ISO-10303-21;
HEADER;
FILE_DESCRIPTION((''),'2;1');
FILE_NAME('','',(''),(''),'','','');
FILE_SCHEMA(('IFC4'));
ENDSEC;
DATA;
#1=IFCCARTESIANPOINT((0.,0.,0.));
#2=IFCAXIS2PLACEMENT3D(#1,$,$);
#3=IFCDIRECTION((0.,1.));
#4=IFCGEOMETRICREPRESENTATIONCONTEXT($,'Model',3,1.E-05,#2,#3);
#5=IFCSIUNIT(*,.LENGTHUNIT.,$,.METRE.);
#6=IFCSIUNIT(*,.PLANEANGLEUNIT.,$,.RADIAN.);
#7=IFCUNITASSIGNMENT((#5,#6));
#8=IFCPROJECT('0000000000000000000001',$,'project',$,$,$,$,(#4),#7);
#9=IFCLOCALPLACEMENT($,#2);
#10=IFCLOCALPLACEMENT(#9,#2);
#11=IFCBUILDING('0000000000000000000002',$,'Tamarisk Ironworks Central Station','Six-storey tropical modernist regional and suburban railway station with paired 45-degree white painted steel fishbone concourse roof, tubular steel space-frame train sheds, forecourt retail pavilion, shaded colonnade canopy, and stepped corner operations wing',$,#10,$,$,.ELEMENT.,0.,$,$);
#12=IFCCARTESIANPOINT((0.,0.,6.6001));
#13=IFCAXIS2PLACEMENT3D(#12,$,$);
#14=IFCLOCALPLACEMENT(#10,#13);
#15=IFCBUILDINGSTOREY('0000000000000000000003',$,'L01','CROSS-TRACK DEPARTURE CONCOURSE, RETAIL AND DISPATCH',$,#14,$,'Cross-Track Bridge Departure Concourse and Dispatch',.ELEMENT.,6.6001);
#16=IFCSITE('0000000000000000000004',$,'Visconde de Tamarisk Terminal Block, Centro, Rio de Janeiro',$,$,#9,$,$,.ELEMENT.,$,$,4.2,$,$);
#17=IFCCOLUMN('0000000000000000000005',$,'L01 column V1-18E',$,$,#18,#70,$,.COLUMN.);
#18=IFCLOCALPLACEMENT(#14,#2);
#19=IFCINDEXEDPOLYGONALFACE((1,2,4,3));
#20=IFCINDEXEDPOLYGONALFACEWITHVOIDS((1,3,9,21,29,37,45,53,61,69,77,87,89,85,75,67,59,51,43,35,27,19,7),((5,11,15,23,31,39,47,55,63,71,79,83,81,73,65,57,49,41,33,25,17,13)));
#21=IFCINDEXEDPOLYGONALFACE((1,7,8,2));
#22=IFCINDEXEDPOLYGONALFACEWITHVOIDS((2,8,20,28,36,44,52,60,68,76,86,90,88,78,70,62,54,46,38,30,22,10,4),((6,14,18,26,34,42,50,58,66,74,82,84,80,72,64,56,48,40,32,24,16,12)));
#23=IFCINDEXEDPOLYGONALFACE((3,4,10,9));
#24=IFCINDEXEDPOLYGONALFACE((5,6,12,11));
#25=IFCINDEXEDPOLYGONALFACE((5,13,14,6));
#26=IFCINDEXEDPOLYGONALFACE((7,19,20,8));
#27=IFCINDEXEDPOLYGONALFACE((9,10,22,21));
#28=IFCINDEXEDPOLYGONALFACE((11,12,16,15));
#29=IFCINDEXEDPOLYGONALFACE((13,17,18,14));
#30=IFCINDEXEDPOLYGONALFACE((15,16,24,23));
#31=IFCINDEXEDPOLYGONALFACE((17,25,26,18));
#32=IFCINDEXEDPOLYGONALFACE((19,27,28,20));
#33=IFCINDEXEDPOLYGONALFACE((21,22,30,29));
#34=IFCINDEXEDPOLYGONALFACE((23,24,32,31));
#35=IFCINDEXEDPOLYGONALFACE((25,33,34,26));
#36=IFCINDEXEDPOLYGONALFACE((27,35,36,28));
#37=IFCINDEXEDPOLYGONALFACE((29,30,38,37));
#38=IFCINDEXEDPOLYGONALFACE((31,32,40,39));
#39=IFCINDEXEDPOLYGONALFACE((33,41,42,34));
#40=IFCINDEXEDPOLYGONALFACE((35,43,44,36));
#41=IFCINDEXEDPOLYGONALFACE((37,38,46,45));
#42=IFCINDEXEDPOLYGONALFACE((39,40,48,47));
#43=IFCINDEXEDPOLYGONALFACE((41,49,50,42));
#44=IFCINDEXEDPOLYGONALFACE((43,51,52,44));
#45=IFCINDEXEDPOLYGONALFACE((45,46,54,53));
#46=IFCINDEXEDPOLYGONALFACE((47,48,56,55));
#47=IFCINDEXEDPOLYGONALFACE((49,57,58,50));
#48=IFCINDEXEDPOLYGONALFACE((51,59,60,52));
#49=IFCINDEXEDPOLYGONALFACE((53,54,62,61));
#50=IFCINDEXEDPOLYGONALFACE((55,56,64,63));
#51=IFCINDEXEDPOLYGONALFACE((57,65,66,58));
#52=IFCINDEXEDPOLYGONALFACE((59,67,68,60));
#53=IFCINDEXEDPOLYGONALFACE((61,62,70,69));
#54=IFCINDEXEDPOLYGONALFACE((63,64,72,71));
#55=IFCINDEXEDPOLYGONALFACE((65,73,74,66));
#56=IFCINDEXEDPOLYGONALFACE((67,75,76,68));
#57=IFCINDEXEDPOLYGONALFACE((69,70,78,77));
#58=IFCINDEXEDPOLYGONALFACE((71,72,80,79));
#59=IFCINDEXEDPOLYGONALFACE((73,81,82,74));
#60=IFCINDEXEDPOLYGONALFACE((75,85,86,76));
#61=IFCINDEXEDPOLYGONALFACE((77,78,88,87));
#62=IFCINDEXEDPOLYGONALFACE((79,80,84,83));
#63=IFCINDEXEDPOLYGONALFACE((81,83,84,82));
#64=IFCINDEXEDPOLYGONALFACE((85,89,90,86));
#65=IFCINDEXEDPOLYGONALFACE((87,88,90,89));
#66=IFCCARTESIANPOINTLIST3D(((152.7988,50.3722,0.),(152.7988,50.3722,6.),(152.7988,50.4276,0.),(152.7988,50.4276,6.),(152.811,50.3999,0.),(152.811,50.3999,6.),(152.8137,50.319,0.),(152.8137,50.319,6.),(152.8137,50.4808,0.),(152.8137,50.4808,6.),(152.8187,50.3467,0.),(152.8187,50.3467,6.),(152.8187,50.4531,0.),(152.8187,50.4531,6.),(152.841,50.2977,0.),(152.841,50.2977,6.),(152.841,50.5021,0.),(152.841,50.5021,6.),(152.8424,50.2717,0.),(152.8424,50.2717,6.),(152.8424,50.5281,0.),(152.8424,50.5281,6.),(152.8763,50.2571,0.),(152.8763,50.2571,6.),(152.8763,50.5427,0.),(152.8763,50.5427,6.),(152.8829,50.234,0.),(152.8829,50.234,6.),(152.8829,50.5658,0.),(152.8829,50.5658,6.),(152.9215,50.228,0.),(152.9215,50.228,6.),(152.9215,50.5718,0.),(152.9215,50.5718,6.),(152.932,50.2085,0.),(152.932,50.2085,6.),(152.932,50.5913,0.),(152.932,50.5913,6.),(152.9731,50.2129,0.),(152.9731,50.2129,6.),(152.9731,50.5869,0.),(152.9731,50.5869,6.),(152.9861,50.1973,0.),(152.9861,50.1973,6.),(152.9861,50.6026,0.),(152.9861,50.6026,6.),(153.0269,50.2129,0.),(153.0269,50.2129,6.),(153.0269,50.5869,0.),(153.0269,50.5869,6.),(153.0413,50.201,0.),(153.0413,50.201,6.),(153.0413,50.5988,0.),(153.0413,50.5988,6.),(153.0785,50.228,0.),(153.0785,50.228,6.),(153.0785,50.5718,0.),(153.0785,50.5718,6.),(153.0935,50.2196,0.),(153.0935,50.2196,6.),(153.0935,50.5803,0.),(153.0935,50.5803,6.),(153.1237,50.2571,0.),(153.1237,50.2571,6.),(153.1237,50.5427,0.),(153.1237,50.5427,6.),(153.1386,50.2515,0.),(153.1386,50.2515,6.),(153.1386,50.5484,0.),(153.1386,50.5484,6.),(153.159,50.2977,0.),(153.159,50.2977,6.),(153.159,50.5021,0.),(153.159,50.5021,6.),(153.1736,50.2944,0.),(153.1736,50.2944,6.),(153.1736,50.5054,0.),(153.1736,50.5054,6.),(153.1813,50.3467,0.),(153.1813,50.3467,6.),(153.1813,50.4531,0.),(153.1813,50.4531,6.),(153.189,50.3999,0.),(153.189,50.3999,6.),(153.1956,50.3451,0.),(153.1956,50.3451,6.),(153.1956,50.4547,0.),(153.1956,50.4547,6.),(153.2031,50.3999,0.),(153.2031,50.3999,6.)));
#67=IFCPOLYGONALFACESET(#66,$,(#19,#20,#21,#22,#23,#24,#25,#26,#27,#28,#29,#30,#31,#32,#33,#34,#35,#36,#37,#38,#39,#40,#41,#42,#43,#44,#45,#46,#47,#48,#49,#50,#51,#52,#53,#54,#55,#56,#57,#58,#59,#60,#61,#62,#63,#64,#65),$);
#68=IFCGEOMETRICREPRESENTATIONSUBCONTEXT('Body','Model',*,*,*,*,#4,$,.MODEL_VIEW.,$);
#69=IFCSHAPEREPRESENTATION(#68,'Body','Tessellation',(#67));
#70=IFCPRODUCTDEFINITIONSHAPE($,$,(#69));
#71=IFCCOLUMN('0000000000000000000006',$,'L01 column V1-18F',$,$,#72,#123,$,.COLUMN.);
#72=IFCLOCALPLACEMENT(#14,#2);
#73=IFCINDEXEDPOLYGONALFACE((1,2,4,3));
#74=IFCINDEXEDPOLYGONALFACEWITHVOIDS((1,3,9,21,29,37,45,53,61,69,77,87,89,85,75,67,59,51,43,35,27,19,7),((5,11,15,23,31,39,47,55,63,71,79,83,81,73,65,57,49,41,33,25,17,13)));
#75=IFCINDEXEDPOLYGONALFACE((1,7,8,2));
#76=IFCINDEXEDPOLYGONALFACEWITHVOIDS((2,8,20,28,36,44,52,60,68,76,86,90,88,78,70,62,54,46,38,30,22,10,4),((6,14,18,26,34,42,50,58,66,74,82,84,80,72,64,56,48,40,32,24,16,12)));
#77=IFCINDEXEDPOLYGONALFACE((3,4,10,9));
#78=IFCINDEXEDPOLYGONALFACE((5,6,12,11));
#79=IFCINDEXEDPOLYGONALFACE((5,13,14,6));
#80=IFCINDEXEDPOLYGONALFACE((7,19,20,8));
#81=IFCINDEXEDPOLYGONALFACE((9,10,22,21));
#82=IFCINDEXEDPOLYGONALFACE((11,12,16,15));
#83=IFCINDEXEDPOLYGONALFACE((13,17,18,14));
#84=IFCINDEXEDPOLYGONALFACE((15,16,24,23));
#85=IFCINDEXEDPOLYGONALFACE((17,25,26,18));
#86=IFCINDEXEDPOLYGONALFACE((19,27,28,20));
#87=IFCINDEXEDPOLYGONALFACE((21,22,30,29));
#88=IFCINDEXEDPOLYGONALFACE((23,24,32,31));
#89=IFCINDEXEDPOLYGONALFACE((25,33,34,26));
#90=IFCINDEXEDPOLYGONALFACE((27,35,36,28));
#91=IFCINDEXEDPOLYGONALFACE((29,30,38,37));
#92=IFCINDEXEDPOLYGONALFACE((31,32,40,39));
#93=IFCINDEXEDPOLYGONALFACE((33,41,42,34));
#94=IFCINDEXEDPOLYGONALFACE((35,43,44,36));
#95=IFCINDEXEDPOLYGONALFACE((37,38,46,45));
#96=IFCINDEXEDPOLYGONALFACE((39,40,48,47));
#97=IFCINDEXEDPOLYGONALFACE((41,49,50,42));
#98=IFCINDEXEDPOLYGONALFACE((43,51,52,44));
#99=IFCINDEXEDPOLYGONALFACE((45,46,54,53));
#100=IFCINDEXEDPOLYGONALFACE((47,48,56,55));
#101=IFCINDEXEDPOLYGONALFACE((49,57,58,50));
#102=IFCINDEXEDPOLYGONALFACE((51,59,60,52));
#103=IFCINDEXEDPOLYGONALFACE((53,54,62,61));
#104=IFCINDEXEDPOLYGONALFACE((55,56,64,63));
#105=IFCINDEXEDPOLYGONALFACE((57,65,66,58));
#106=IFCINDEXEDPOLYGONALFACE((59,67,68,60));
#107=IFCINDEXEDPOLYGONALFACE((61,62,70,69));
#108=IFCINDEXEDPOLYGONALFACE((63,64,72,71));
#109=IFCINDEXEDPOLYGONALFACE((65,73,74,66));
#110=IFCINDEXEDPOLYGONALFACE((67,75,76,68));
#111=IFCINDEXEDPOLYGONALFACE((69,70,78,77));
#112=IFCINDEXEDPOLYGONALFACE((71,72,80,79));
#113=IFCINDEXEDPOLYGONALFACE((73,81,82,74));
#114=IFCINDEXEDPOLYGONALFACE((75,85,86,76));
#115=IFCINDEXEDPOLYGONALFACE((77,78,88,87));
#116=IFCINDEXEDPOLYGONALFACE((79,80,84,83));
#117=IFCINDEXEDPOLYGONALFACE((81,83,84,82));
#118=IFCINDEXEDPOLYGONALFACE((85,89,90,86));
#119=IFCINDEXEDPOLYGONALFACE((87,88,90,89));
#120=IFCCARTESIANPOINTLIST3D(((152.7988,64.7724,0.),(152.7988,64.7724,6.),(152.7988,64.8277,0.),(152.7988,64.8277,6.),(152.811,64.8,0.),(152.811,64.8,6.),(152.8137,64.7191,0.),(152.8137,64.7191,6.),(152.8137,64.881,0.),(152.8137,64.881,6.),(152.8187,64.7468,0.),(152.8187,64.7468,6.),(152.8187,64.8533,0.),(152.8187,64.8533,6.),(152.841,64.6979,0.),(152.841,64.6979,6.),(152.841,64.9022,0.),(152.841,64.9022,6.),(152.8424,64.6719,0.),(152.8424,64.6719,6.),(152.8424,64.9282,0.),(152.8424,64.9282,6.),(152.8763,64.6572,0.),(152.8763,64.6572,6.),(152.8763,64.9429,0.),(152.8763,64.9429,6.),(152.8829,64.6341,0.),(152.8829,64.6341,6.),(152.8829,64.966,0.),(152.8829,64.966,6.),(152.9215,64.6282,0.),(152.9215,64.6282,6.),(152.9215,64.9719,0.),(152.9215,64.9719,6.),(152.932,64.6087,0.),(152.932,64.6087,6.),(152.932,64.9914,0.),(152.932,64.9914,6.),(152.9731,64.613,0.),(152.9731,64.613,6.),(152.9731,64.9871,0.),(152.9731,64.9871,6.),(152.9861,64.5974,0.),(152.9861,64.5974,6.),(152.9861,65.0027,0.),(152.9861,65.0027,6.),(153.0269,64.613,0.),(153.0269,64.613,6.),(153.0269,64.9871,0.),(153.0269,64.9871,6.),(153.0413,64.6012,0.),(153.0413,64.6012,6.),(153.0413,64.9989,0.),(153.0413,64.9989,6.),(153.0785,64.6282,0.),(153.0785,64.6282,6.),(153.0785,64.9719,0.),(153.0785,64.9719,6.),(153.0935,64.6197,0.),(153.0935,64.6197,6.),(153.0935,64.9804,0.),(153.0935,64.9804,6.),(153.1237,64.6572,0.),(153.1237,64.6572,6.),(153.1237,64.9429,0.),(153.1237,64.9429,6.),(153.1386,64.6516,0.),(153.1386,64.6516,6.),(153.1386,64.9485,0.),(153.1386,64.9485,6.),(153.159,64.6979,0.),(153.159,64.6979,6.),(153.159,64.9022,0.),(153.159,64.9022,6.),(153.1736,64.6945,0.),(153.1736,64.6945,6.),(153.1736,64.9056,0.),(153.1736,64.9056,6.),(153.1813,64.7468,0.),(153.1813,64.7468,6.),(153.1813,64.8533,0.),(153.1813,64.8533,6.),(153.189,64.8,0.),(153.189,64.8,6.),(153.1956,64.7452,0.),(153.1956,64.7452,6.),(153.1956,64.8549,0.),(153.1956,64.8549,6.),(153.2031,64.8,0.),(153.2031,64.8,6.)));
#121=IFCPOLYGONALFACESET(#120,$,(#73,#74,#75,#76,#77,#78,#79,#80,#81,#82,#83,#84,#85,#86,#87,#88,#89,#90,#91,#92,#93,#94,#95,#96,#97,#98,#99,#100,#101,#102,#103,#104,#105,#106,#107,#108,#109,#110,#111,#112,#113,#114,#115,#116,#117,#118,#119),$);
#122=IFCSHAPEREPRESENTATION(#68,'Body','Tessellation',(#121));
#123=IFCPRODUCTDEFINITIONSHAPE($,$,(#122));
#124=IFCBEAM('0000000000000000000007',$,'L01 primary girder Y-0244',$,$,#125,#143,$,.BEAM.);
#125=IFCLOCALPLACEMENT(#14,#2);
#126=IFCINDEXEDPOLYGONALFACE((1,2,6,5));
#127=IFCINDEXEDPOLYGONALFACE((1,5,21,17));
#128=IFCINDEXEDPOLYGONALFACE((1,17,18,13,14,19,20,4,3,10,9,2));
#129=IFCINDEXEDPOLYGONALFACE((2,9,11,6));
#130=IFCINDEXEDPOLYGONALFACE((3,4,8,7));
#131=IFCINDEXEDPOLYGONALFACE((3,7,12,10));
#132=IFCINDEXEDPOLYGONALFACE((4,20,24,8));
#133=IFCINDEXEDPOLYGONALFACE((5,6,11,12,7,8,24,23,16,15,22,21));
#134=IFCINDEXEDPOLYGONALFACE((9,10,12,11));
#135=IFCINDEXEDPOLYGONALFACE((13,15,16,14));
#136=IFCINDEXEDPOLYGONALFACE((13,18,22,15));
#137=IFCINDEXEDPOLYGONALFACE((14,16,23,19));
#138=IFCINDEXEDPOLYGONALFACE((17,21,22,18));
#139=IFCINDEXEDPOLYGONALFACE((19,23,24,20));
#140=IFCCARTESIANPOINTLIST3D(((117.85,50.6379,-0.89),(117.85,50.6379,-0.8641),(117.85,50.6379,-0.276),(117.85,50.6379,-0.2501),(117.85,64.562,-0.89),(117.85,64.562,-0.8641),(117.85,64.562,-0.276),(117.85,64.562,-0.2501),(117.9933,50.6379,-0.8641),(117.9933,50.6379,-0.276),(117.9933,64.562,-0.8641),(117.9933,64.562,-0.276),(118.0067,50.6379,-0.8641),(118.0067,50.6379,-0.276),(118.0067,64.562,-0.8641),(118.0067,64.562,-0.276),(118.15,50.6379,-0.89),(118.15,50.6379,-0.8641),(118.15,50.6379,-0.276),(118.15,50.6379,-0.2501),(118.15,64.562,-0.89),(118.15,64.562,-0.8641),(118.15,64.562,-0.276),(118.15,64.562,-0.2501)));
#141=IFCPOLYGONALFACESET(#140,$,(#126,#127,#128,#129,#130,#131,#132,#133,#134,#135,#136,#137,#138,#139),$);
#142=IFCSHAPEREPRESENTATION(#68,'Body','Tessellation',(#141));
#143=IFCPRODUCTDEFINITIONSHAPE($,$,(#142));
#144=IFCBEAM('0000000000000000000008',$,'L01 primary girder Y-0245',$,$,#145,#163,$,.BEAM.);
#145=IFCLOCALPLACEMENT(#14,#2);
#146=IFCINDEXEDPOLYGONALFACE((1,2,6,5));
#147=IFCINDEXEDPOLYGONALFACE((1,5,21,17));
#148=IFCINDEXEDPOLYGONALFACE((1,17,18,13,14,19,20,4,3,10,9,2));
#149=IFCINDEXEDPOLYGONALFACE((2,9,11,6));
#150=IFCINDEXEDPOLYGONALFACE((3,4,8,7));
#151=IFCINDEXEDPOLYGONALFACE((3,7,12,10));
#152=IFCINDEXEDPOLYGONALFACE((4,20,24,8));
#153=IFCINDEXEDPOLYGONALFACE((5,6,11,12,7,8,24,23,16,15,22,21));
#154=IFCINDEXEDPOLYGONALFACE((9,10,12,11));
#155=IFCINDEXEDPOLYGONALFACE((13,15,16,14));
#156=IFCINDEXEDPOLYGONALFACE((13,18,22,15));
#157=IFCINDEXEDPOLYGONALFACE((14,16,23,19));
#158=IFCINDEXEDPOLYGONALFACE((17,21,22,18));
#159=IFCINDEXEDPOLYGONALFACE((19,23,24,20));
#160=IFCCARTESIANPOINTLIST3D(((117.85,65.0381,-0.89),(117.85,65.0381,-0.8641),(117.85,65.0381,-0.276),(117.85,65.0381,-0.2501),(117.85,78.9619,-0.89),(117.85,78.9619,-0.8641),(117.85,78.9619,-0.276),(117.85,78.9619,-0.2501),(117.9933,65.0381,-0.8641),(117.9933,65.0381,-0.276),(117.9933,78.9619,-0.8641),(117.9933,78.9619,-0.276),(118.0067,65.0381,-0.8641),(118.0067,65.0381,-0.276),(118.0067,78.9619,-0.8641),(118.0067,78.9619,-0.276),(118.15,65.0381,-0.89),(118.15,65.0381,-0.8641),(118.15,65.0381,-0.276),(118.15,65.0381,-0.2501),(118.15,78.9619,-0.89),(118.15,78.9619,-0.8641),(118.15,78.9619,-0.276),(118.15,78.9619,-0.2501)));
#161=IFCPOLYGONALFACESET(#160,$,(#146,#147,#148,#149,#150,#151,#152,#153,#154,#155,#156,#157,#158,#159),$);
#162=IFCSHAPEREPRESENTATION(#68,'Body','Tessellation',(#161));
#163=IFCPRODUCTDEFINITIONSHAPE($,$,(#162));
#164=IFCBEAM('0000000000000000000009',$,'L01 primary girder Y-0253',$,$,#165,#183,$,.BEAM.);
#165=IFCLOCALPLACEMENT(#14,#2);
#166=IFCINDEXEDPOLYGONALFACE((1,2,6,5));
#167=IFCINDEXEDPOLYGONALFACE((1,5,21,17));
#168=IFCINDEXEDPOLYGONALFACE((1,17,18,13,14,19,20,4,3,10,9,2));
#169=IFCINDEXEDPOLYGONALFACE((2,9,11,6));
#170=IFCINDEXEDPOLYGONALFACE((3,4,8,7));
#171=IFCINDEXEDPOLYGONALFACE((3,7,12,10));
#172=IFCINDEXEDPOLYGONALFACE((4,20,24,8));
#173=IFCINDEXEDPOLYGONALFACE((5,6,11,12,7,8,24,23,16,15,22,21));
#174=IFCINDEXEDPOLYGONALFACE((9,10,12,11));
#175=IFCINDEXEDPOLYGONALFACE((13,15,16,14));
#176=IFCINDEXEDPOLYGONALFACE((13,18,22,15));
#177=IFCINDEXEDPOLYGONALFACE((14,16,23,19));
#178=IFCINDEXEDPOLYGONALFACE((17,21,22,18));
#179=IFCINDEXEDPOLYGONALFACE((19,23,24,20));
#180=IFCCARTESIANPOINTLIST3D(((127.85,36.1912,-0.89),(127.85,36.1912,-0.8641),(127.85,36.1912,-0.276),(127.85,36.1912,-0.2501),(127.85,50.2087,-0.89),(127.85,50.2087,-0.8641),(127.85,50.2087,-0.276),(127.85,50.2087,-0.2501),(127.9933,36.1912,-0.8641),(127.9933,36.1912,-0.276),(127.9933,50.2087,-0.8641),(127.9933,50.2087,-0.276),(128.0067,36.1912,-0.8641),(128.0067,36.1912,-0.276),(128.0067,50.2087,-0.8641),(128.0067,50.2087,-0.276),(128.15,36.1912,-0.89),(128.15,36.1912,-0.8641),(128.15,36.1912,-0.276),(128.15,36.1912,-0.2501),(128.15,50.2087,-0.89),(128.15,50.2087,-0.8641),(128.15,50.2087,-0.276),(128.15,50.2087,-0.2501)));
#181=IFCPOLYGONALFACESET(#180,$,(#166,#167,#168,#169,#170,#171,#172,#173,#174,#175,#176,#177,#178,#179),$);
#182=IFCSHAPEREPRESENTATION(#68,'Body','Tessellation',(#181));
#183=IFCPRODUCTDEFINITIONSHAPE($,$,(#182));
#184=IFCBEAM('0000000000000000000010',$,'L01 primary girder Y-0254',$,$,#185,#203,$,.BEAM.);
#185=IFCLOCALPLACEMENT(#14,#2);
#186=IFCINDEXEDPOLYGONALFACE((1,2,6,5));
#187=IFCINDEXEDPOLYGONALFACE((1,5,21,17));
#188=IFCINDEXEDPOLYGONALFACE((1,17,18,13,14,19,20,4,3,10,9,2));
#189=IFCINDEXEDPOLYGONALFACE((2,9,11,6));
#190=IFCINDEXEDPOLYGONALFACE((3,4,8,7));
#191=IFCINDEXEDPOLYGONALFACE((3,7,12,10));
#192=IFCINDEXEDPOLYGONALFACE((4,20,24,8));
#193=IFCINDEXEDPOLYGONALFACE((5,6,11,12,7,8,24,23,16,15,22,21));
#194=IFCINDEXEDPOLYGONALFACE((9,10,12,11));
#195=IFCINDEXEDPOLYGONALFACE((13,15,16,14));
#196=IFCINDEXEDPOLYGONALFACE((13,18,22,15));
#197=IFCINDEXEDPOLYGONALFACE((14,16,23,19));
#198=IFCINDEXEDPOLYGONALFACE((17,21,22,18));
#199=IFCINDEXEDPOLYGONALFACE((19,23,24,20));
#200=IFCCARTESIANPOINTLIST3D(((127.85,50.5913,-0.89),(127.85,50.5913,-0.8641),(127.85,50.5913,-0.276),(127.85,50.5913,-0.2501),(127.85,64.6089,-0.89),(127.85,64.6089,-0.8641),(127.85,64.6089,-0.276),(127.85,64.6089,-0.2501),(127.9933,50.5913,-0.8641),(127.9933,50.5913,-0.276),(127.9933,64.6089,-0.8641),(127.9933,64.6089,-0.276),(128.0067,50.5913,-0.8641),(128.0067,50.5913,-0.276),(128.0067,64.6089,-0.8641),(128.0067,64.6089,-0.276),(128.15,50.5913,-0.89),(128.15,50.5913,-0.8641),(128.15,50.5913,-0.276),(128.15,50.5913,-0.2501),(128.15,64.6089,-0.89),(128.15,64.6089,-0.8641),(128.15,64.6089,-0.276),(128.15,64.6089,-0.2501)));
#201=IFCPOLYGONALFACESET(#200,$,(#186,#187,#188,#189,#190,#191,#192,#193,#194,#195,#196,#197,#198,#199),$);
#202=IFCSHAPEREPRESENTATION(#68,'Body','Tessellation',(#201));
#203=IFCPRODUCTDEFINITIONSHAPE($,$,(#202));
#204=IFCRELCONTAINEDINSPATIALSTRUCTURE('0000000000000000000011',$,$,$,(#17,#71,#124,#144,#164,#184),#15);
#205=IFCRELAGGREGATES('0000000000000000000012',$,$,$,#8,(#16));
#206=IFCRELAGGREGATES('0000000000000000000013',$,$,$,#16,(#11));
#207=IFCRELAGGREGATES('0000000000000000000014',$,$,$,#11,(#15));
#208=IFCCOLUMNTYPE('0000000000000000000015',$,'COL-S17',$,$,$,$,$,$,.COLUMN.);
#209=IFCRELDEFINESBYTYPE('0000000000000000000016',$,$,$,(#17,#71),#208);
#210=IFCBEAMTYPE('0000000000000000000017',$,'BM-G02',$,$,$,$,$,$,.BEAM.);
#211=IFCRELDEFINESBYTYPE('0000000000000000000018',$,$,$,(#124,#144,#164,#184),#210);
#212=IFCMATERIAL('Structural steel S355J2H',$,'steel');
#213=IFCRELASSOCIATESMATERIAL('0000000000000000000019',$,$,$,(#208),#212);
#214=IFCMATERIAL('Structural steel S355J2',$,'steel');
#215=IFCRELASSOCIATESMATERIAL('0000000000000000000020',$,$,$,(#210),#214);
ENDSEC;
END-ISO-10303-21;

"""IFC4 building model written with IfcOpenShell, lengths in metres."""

from ifc_helpers import new_model, si_unit, direction, frame, origin, origin_2d, place, context, subcontext, project, spatial, hollow_circle, i_section, extrude, material, material_profile, profile_set, type_object, element, save


model = new_model("IFC4")

# Units and contexts
model_context = context("Model", 3, precision=1e-05, world=origin(), true_north=direction((0.0, 1.0)))
body_context = subcontext(model_context, "Body", "Model", "MODEL_VIEW")
ifc_project = project(units=[si_unit("LENGTHUNIT", "METRE"), si_unit("PLANEANGLEUNIT", "RADIAN")], contexts=[model_context])

# Site, building, storey
site_placement = place(None, origin())
site = spatial("IfcSite", under=ifc_project, at=site_placement, Name="Visconde de Tamarisk Terminal Block, Centro, Rio de Janeiro", CompositionType="ELEMENT", RefElevation=4.2)
building_placement = place(site_placement, origin())
building = spatial("IfcBuilding", under=site, at=building_placement, Name="Tamarisk Ironworks Central Station", Description="Six-storey tropical modernist regional and suburban railway station with paired 45-degree white painted steel fishbone concourse roof, tubular steel space-frame train sheds, forecourt retail pavilion, shaded colonnade canopy, and stepped corner operations wing", CompositionType="ELEMENT", ElevationOfRefHeight=0.0)
storey_placement = place(building_placement, frame((0.0, 0.0, 6.6001)))
storey = spatial("IfcBuildingStorey", under=building, at=storey_placement, Name="L01", Description="CROSS-TRACK DEPARTURE CONCOURSE, RETAIL AND DISPATCH", LongName="Cross-Track Bridge Departure Concourse and Dispatch", CompositionType="ELEMENT", Elevation=6.6001)

# Columns
ifc_material_1 = material(Name="Structural steel S355J2H", Category="steel")
ifc_material_profile_1 = material_profile(ifc_material_1, hollow_circle(Radius=0.2031, WallThickness=0.0142, at=origin_2d()), Name="CHS 406.4x14.2")
ifc_profile_set_1 = profile_set([ifc_material_profile_1], Name="Structural steel S355J2H")
column_type_1 = type_object("IfcColumnType", Name="COL-S17", PredefinedType="COLUMN", material=ifc_profile_set_1)
for number, where, z_axis, x_axis, name in (
    (1, (153.0, 50.3999, 0.0), (0.0, 0.0, 1.0), (1.0, 0.0, 0.0), "L01 column V1-18E"),
    (2, (153.0, 64.8, 0.0), (0.0, 0.0, 1.0), (1.0, 0.0, 0.0), "L01 column V1-18F"),
):
    element("IfcColumn", number, at=place(storey_placement, frame(where, z_axis=z_axis, x_axis=x_axis)), inside=storey, type_object=column_type_1, Name=name, PredefinedType="COLUMN", context=body_context, shape_type="SweptSolid", body=[
        extrude(hollow_circle(Radius=0.2031, WallThickness=0.0142, at=origin_2d()), origin(), (0.0, 0.0, 1.0), 6.0),
    ])

# Beams
ifc_material_2 = material(Name="Structural steel S355J2", Category="steel")
ifc_material_profile_2 = material_profile(ifc_material_2, i_section(OverallWidth=0.3, OverallDepth=0.6399, WebThickness=0.0134, FlangeThickness=0.0259, at=origin_2d()), Name="HEA 650")
ifc_profile_set_2 = profile_set([ifc_material_profile_2], Name="Structural steel S355J2")
beam_type_1 = type_object("IfcBeamType", Name="BM-G02", PredefinedType="BEAM", material=ifc_profile_set_2)
beam_1_placement = place(storey_placement, frame((118.0, 50.6379, -0.5701), z_axis=(0.0, 1.0, 0.0), x_axis=(-1.0, 0.0, 0.0)))
element("IfcBeam", 3, at=beam_1_placement, inside=storey, type_object=beam_type_1, Name="L01 primary girder Y-0244", PredefinedType="BEAM", context=body_context, shape_type="SweptSolid", body=[
    extrude(i_section(OverallWidth=0.3, OverallDepth=0.6399, WebThickness=0.0134, FlangeThickness=0.0259, at=origin_2d()), origin(), (0.0, 0.0, 1.0), 13.9241),
])
beam_2_placement = place(storey_placement, frame((118.0, 65.0381, -0.5701), z_axis=(0.0, 1.0, 0.0), x_axis=(-1.0, 0.0, 0.0)))
element("IfcBeam", 4, at=beam_2_placement, inside=storey, type_object=beam_type_1, Name="L01 primary girder Y-0245", PredefinedType="BEAM", context=body_context, shape_type="SweptSolid", body=[
    extrude(i_section(OverallWidth=0.3, OverallDepth=0.6399, WebThickness=0.0134, FlangeThickness=0.0259, at=origin_2d()), origin(), (0.0, 0.0, 1.0), 13.9238),
])
for number, where, z_axis, x_axis, name in (
    (5, (128.0, 36.1912, -0.5701), (0.0, 1.0, 0.0), (-1.0, 0.0, 0.0), "L01 primary girder Y-0253"),
    (6, (128.0, 50.5913, -0.5701), (0.0, 1.0, 0.0), (-1.0, 0.0, 0.0), "L01 primary girder Y-0254"),
):
    element("IfcBeam", number, at=place(storey_placement, frame(where, z_axis=z_axis, x_axis=x_axis)), inside=storey, type_object=beam_type_1, Name=name, PredefinedType="BEAM", context=body_context, shape_type="SweptSolid", body=[
        extrude(i_section(OverallWidth=0.3, OverallDepth=0.6399, WebThickness=0.0134, FlangeThickness=0.0259, at=origin_2d()), origin(), (0.0, 0.0, 1.0), 14.0176),
    ])

save(model, "model.ifc")
